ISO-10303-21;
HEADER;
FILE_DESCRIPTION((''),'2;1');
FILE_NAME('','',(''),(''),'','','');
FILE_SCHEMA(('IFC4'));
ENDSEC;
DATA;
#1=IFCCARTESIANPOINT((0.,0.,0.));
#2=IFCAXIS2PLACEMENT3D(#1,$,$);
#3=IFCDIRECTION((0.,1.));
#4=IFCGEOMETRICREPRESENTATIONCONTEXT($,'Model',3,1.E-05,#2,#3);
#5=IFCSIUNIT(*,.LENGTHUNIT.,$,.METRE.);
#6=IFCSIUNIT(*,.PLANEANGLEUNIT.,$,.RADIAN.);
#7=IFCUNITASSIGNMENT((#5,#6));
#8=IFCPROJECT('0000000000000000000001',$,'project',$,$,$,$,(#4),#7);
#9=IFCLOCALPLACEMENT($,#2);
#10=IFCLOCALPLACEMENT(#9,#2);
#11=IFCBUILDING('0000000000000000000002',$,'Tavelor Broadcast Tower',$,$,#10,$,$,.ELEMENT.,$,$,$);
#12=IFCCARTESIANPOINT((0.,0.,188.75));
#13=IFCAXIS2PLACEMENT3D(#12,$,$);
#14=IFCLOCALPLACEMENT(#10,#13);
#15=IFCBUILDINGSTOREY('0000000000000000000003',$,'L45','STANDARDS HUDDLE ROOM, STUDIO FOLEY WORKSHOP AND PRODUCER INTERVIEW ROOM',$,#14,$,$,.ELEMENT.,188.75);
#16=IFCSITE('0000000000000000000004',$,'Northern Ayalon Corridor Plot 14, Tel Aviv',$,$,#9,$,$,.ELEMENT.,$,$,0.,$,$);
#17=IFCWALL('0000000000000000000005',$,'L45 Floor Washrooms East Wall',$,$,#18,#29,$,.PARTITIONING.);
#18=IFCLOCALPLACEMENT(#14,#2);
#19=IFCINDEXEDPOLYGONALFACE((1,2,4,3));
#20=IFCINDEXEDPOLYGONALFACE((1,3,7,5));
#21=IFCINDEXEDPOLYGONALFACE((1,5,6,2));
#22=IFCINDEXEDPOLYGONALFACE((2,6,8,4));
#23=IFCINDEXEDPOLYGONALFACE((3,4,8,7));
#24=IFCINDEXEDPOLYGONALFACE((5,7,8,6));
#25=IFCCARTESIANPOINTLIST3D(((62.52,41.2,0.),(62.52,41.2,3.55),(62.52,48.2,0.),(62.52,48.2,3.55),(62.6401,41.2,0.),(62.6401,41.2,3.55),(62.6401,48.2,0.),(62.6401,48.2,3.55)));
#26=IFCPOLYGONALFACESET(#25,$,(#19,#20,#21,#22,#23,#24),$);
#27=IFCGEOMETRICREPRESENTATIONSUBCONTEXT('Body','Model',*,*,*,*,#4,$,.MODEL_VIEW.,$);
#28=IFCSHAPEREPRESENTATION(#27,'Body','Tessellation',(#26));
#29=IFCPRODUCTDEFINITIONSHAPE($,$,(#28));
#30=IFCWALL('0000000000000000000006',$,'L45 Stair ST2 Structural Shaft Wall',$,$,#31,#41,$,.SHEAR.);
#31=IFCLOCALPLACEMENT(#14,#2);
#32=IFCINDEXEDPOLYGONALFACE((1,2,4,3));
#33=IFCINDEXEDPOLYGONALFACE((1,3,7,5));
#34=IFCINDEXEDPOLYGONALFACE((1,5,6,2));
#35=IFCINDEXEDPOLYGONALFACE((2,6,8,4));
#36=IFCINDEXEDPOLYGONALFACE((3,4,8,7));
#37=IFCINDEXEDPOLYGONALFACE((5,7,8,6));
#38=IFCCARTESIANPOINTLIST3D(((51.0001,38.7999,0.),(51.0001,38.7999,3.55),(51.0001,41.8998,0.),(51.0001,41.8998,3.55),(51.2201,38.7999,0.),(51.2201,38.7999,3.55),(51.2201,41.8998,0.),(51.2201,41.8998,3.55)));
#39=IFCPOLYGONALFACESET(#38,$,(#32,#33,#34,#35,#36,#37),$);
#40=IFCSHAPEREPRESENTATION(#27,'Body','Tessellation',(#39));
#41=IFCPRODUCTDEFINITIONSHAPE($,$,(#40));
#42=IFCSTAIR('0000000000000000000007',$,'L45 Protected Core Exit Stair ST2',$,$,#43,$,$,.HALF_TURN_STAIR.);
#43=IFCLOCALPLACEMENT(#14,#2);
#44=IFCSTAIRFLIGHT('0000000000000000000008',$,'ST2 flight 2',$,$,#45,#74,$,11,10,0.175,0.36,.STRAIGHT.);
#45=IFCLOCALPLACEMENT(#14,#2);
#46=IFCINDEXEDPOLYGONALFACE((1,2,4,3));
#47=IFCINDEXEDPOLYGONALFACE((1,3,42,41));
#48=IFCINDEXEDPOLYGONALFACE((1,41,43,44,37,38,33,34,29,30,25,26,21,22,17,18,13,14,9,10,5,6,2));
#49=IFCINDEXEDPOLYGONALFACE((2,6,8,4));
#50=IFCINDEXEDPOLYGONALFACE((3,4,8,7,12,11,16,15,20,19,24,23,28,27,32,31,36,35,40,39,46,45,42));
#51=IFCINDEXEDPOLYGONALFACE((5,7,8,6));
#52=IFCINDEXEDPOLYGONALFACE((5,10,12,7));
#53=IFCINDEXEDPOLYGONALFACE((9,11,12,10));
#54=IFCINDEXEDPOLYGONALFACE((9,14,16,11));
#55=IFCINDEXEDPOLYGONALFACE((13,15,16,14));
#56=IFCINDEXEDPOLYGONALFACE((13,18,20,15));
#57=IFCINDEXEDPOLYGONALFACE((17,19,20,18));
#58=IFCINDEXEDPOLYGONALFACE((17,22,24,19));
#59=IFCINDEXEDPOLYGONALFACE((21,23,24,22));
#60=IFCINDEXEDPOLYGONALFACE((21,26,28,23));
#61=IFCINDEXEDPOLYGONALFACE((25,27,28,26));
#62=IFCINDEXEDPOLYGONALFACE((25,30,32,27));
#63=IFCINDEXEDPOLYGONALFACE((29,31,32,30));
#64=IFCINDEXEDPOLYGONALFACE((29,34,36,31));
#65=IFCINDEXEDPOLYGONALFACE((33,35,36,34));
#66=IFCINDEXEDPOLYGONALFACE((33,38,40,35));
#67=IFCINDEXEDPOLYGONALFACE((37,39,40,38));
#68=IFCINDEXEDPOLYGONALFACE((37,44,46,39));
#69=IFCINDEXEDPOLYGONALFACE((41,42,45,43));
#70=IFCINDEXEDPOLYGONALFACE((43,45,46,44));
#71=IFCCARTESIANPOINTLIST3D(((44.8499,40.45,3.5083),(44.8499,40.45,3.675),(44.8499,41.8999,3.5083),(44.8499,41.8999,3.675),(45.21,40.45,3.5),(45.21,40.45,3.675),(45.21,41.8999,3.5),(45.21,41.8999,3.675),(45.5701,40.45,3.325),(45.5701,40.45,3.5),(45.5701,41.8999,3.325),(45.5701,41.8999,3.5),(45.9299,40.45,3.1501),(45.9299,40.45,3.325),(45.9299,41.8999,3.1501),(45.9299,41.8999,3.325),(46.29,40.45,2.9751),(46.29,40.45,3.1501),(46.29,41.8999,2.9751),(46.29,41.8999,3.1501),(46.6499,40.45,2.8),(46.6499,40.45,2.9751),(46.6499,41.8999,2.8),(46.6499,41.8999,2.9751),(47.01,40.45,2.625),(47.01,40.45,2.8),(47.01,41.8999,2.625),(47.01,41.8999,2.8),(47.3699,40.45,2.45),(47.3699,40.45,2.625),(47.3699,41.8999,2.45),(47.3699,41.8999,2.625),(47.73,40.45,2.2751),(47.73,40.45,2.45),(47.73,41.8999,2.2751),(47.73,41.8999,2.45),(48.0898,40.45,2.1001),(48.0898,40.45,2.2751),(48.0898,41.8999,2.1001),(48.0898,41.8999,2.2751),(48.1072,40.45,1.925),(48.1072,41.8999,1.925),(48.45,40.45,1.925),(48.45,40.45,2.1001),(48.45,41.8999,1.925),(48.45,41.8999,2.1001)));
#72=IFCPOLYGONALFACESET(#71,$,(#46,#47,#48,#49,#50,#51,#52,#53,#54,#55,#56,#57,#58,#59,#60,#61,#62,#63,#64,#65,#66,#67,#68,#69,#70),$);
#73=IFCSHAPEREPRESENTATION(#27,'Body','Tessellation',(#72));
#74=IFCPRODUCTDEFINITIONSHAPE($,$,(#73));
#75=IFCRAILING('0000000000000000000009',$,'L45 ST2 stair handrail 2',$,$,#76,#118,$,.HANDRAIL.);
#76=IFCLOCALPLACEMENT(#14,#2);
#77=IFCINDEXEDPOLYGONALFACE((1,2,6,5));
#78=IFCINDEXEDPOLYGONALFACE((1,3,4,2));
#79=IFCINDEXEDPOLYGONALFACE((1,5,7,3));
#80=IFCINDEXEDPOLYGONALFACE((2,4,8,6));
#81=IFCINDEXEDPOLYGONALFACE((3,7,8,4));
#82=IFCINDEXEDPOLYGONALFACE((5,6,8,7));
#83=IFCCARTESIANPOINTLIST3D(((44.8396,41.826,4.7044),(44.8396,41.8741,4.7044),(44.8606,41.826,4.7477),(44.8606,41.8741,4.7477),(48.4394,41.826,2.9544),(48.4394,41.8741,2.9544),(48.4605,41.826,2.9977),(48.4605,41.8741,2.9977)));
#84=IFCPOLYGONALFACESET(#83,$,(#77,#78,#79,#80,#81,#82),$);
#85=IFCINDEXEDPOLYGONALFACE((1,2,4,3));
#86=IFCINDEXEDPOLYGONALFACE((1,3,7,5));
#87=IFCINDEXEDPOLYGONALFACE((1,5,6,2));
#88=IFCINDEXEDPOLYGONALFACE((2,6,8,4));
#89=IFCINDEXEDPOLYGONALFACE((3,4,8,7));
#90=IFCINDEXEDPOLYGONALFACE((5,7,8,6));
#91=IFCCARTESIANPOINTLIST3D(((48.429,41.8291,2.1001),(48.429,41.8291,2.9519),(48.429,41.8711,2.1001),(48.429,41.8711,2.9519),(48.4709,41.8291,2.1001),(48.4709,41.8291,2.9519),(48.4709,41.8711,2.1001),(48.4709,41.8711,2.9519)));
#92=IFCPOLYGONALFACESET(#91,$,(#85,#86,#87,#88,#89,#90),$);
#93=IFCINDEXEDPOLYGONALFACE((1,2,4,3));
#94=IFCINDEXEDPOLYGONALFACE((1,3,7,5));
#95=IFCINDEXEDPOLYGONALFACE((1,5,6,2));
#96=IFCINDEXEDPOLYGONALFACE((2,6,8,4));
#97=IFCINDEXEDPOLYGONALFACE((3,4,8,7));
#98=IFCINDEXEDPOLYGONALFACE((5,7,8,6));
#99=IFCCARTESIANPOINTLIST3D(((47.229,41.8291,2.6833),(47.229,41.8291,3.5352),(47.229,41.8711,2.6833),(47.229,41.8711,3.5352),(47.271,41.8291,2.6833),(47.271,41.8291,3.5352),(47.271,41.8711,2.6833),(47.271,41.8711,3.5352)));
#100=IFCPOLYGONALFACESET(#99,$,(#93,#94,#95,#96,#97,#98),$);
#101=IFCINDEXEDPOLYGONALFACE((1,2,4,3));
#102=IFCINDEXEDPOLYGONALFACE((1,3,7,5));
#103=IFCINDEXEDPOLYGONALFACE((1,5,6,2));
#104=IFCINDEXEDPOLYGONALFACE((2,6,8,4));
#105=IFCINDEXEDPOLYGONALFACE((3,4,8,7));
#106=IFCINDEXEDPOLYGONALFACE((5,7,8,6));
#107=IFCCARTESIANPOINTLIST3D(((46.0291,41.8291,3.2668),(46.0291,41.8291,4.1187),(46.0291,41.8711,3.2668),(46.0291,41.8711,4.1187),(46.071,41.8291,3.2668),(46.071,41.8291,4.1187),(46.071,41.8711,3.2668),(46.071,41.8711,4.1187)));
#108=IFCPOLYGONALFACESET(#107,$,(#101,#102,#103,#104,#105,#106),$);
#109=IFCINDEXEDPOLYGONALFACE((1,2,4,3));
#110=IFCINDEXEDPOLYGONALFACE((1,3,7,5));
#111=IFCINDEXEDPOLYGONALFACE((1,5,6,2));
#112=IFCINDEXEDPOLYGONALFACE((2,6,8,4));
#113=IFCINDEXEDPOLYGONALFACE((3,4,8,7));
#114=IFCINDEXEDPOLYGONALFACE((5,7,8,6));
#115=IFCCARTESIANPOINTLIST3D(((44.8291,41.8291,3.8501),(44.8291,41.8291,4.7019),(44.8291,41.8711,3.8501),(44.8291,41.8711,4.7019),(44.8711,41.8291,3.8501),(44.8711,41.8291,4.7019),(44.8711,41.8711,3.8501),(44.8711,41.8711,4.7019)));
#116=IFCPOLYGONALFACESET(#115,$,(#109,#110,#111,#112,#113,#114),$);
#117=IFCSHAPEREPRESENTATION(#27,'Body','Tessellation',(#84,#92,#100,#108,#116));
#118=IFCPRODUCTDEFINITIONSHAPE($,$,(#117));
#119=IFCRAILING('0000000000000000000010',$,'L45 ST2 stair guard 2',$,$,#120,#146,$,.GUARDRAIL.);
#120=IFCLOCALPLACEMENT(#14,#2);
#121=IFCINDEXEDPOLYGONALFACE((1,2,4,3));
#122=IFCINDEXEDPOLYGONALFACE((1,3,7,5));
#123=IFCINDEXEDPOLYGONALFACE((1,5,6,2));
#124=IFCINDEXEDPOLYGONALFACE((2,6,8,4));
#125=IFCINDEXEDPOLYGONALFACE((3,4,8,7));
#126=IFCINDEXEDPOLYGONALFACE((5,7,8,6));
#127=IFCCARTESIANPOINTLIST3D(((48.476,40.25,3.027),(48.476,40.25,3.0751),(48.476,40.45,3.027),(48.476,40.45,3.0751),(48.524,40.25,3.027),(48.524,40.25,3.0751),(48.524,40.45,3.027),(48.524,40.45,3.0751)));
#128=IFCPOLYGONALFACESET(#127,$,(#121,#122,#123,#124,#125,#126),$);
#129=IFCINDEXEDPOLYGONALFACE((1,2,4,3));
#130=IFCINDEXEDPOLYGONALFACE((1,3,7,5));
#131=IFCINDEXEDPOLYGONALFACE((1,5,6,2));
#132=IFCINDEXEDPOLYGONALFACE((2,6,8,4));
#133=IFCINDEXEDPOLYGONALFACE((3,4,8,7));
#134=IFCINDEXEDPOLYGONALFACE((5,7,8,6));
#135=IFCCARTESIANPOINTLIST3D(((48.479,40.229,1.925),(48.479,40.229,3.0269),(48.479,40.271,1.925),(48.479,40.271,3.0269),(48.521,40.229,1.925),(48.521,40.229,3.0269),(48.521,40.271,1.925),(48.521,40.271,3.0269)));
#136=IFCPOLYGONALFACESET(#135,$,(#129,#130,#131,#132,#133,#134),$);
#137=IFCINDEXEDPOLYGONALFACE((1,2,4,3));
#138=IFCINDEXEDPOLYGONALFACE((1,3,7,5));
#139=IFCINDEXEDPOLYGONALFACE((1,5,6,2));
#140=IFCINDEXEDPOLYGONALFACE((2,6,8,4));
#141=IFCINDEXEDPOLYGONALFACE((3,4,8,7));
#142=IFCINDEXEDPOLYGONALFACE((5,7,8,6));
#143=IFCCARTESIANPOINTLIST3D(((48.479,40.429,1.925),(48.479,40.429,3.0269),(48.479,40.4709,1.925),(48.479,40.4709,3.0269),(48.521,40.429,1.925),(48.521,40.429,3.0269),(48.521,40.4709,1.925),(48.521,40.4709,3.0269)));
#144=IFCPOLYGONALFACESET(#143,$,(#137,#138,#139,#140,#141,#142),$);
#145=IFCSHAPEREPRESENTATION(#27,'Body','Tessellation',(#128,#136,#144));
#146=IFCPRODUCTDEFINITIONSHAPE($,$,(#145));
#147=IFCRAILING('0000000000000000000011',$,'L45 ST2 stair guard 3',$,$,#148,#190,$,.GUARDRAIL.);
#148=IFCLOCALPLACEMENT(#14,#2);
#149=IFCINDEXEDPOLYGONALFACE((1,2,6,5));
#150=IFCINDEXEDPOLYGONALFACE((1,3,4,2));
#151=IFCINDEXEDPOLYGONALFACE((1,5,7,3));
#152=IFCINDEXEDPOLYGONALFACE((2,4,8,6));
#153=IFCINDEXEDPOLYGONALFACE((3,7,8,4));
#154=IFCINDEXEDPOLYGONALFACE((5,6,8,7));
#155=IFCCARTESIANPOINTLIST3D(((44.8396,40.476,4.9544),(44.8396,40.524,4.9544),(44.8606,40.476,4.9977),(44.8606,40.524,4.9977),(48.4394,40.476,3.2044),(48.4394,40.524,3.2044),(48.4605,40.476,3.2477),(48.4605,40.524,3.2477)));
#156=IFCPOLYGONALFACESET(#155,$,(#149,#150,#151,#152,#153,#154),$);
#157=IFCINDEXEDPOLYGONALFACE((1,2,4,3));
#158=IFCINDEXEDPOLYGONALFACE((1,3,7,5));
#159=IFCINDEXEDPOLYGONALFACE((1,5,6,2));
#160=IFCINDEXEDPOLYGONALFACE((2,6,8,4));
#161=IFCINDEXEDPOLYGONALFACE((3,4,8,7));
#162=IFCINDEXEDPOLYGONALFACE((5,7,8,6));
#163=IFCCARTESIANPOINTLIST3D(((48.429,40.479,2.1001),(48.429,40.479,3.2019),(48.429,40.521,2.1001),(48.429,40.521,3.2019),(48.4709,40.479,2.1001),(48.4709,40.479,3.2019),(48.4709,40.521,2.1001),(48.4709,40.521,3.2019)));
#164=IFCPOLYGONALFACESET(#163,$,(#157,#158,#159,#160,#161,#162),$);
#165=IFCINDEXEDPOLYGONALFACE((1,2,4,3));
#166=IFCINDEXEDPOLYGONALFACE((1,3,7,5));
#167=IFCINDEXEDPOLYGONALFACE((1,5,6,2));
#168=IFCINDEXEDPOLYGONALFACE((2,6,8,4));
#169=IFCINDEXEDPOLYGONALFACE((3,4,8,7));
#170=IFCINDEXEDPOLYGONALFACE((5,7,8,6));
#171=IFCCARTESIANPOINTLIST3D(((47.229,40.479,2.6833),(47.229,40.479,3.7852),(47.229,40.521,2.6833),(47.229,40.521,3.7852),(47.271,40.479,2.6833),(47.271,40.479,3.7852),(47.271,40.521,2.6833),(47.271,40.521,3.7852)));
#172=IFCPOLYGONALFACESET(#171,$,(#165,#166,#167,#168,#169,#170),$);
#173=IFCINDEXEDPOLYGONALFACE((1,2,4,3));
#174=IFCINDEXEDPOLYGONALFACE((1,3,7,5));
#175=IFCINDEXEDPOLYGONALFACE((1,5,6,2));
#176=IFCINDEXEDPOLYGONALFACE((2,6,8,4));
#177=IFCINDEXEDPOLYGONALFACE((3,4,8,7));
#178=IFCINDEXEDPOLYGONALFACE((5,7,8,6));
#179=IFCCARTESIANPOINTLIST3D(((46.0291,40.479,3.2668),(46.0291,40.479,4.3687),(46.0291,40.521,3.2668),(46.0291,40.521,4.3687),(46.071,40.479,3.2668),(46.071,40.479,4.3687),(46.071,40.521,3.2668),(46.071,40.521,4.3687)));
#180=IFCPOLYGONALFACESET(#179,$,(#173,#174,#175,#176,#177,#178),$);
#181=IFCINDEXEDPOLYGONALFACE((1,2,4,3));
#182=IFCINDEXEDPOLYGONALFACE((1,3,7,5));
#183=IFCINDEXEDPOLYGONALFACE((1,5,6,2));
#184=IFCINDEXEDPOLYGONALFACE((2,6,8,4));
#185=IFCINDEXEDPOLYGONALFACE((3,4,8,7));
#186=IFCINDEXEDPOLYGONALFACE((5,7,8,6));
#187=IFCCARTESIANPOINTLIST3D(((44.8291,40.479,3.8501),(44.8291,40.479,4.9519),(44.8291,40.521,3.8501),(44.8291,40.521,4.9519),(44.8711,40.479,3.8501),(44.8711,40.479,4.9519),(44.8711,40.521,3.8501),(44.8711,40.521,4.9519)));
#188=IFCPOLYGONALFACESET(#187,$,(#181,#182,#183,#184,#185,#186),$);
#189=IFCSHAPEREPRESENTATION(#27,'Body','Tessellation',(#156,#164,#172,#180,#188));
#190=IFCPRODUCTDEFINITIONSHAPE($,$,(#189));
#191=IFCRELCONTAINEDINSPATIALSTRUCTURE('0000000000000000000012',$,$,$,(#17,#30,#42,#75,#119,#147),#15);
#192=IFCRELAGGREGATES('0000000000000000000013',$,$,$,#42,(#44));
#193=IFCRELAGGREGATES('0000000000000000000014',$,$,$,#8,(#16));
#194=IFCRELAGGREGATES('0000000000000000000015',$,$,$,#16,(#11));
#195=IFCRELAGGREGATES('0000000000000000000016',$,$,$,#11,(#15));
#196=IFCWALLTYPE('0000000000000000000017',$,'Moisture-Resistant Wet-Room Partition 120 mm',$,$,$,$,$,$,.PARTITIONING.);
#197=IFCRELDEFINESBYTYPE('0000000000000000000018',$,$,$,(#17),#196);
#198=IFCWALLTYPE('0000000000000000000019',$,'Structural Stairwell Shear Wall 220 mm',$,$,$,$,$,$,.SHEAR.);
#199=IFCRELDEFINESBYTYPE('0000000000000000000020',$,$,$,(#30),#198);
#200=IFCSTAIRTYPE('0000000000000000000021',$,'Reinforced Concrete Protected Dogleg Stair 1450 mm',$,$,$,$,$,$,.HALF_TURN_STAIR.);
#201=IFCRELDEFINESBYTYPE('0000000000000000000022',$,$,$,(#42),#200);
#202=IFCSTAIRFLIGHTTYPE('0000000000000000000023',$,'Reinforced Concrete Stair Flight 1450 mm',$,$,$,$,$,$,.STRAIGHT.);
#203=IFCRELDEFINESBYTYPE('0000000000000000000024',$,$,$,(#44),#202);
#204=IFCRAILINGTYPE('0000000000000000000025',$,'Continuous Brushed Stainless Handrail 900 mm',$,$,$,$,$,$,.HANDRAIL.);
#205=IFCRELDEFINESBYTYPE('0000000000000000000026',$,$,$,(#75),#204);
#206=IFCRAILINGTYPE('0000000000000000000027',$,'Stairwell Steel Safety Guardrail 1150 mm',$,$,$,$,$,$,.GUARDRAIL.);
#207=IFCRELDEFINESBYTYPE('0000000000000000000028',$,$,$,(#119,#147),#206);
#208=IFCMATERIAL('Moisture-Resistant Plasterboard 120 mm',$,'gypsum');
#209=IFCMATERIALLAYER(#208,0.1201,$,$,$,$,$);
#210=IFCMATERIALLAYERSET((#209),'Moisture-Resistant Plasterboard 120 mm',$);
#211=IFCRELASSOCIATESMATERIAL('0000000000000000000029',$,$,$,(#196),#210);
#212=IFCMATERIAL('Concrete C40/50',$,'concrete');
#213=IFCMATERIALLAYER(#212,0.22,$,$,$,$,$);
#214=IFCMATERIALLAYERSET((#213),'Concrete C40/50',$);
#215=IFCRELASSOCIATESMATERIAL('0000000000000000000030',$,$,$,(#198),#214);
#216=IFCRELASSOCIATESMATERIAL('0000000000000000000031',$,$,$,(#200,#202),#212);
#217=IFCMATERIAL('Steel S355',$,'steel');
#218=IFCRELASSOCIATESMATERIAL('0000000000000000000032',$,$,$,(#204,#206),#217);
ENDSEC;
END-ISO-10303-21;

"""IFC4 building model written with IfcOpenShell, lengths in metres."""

from ifc_helpers import new_model, si_unit, direction, frame, frame_2d, origin, origin_2d, place, context, subcontext, project, spatial, polyline, rectangle, outline, extrude, material, layer, layer_set, type_object, element, aggregate, save


model = new_model("IFC4")

# Units and contexts
model_context = context("Model", 3, precision=1e-05, world=origin(), true_north=direction((0.0, 1.0)))
body_context = subcontext(model_context, "Body", "Model", "MODEL_VIEW")
ifc_project = project(units=[si_unit("LENGTHUNIT", "METRE"), si_unit("PLANEANGLEUNIT", "RADIAN")], contexts=[model_context])

# Site, building, storey
site_placement = place(None, origin())
site = spatial("IfcSite", under=ifc_project, at=site_placement, Name="Northern Ayalon Corridor Plot 14, Tel Aviv", CompositionType="ELEMENT", RefElevation=0.0)
building_placement = place(site_placement, origin())
building = spatial("IfcBuilding", under=site, at=building_placement, Name="Tavelor Broadcast Tower", CompositionType="ELEMENT")
storey_placement = place(building_placement, frame((0.0, 0.0, 188.75)))
storey = spatial("IfcBuildingStorey", under=building, at=storey_placement, Name="L45", Description="STANDARDS HUDDLE ROOM, STUDIO FOLEY WORKSHOP AND PRODUCER INTERVIEW ROOM", CompositionType="ELEMENT", Elevation=188.75)

# Shared definitions
ifc_material_1 = material(Name="Concrete C40/50", Category="concrete")
ifc_material_2 = material(Name="Steel S355", Category="steel")

# Shared definitions
ifc_material_3 = material(Name="Moisture-Resistant Plasterboard 120 mm", Category="gypsum")
ifc_layer_1 = layer(ifc_material_3, 0.1201)
ifc_layer_set_1 = layer_set([ifc_layer_1], Name="Moisture-Resistant Plasterboard 120 mm")
wall_type_1 = type_object("IfcWallType", Name="Moisture-Resistant Wet-Room Partition 120 mm", PredefinedType="PARTITIONING", material=ifc_layer_set_1)

# Walls
wall_1_placement = place(storey_placement, frame((62.5801, 41.2, 0.0), z_axis=(0.0, 0.0, 1.0), x_axis=(0.0, 1.0, 0.0)))
element("IfcWall", 1, at=wall_1_placement, inside=storey, type_object=wall_type_1, Name="L45 Floor Washrooms East Wall", PredefinedType="PARTITIONING", context=body_context, shape_type="SweptSolid", body=[
    extrude(rectangle(XDim=7.0, YDim=0.1201, at=frame_2d((3.5, 0.0))), origin(), (0.0, 0.0, 1.0), 3.55),
])
ifc_layer_2 = layer(ifc_material_1, 0.22)
ifc_layer_set_2 = layer_set([ifc_layer_2], Name="Concrete C40/50")
wall_type_2 = type_object("IfcWallType", Name="Structural Stairwell Shear Wall 220 mm", PredefinedType="SHEAR", material=ifc_layer_set_2)
wall_2_placement = place(storey_placement, frame((51.1101, 38.8, 0.0), z_axis=(0.0, 0.0, 1.0), x_axis=(0.0, 1.0, 0.0)))
element("IfcWall", 2, at=wall_2_placement, inside=storey, type_object=wall_type_2, Name="L45 Stair ST2 Structural Shaft Wall", PredefinedType="SHEAR", context=body_context, shape_type="SweptSolid", body=[
    extrude(rectangle(XDim=3.0999, YDim=0.22, at=frame_2d((1.5498, 0.0))), origin(), (0.0, 0.0, 1.0), 3.55),
])

# Stair, stair flight
stair_type = type_object("IfcStairType", Name="Reinforced Concrete Protected Dogleg Stair 1450 mm", PredefinedType="HALF_TURN_STAIR", material=ifc_material_1)
stair_placement = place(storey_placement, origin())
stair = element("IfcStair", 3, at=stair_placement, inside=storey, type_object=stair_type, Name="L45 Protected Core Exit Stair ST2", PredefinedType="HALF_TURN_STAIR")
stair_flight_type = type_object("IfcStairFlightType", Name="Reinforced Concrete Stair Flight 1450 mm", PredefinedType="STRAIGHT", material=ifc_material_1)
stair_flight_placement = place(storey_placement, frame((48.45, 41.175, 1.925), z_axis=(0.0, 0.0, 1.0), x_axis=(-1.0, 0.0, 0.0)))
stair_flight = element("IfcStairFlight", 4, at=stair_flight_placement, type_object=stair_flight_type, Name="ST2 flight 2", NumberOfRisers=11, NumberOfTreads=10, PredefinedType="STRAIGHT", RiserHeight=0.175, TreadLength=0.36, context=body_context, shape_type="SweptSolid", body=[
    extrude(outline(polyline([(0.0, 0.0), (0.0, 0.175), (0.3601, 0.175), (0.3601, 0.3501), (0.72, 0.3501), (0.72, 0.5249), (1.0801, 0.5249), (1.0801, 0.7), (1.4399, 0.7), (1.4399, 0.875), (1.8, 0.875), (1.8, 1.05), (2.1599, 1.05), (2.1599, 1.2251), (2.52, 1.2251), (2.52, 1.3999), (2.8799, 1.3999), (2.8799, 1.575), (3.24, 1.575), (3.24, 1.75), (3.6001, 1.75), (3.6001, 1.925), (3.6001, 1.5833), (0.3428, 0.0), (0.0, 0.0)])), frame((0.0, 0.7251, 0.0), z_axis=(0.0, -1.0, 0.0), x_axis=(1.0, 0.0, 0.0)), (0.0, 0.0, 1.0), 1.45),
])
aggregate(stair, [stair_flight])

# Railings
railing_type_1 = type_object("IfcRailingType", Name="Continuous Brushed Stainless Handrail 900 mm", PredefinedType="HANDRAIL", material=ifc_material_2)
railing_1_placement = place(storey_placement, frame((48.45, 41.8501, 2.1001)))
element("IfcRailing", 5, at=railing_1_placement, inside=storey, type_object=railing_type_1, Name="L45 ST2 stair handrail 2", PredefinedType="HANDRAIL", context=body_context, shape_type="SweptSolid", body=[
    extrude(rectangle(XDim=0.0481, YDim=0.0481, at=origin_2d()), frame((0.0, 0.0, 0.876), z_axis=(-0.899361, 0.0, 0.437207), x_axis=(0.0, -1.0, 0.0)), (0.0, 0.0, 1.0), 4.0027),
    extrude(rectangle(XDim=0.042, YDim=0.042, at=origin_2d()), origin(), (0.0, 0.0, 1.0), 0.8518),
    extrude(rectangle(XDim=0.042, YDim=0.042, at=origin_2d()), frame((-1.2, 0.0, 0.5833)), (0.0, 0.0, 1.0), 0.8518),
    extrude(rectangle(XDim=0.042, YDim=0.042, at=origin_2d()), frame((-2.3999, 0.0, 1.1667)), (0.0, 0.0, 1.0), 0.8518),
    extrude(rectangle(XDim=0.042, YDim=0.042, at=origin_2d()), frame((-3.5999, 0.0, 1.75)), (0.0, 0.0, 1.0), 0.8518),
])
railing_type_2 = type_object("IfcRailingType", Name="Stairwell Steel Safety Guardrail 1150 mm", PredefinedType="GUARDRAIL", material=ifc_material_2)
railing_2_placement = place(storey_placement, frame((48.5, 40.25, 1.925)))
element("IfcRailing", 6, at=railing_2_placement, inside=storey, type_object=railing_type_2, Name="L45 ST2 stair guard 2", PredefinedType="GUARDRAIL", context=body_context, shape_type="SweptSolid", body=[
    extrude(rectangle(XDim=0.0481, YDim=0.0481, at=origin_2d()), frame((0.0, 0.0, 1.126), z_axis=(0.0, 1.0, 0.0), x_axis=(-1.0, 0.0, 0.0)), (0.0, 0.0, 1.0), 0.2),
    extrude(rectangle(XDim=0.042, YDim=0.042, at=origin_2d()), origin(), (0.0, 0.0, 1.0), 1.1018),
    extrude(rectangle(XDim=0.042, YDim=0.042, at=origin_2d()), frame((0.0, 0.2, 0.0)), (0.0, 0.0, 1.0), 1.1018),
])
railing_3_placement = place(storey_placement, frame((48.45, 40.5, 2.1001)))
element("IfcRailing", 7, at=railing_3_placement, inside=storey, type_object=railing_type_2, Name="L45 ST2 stair guard 3", PredefinedType="GUARDRAIL", context=body_context, shape_type="SweptSolid", body=[
    extrude(rectangle(XDim=0.0481, YDim=0.0481, at=origin_2d()), frame((0.0, 0.0, 1.126), z_axis=(-0.899361, 0.0, 0.437207), x_axis=(0.0, -1.0, 0.0)), (0.0, 0.0, 1.0), 4.0027),
    extrude(rectangle(XDim=0.042, YDim=0.042, at=origin_2d()), origin(), (0.0, 0.0, 1.0), 1.1018),
    extrude(rectangle(XDim=0.042, YDim=0.042, at=origin_2d()), frame((-1.2, 0.0, 0.5833)), (0.0, 0.0, 1.0), 1.1018),
    extrude(rectangle(XDim=0.042, YDim=0.042, at=origin_2d()), frame((-2.3999, 0.0, 1.1667)), (0.0, 0.0, 1.0), 1.1018),
    extrude(rectangle(XDim=0.042, YDim=0.042, at=origin_2d()), frame((-3.5999, 0.0, 1.75)), (0.0, 0.0, 1.0), 1.1018),
])

save(model, "model.ifc")
